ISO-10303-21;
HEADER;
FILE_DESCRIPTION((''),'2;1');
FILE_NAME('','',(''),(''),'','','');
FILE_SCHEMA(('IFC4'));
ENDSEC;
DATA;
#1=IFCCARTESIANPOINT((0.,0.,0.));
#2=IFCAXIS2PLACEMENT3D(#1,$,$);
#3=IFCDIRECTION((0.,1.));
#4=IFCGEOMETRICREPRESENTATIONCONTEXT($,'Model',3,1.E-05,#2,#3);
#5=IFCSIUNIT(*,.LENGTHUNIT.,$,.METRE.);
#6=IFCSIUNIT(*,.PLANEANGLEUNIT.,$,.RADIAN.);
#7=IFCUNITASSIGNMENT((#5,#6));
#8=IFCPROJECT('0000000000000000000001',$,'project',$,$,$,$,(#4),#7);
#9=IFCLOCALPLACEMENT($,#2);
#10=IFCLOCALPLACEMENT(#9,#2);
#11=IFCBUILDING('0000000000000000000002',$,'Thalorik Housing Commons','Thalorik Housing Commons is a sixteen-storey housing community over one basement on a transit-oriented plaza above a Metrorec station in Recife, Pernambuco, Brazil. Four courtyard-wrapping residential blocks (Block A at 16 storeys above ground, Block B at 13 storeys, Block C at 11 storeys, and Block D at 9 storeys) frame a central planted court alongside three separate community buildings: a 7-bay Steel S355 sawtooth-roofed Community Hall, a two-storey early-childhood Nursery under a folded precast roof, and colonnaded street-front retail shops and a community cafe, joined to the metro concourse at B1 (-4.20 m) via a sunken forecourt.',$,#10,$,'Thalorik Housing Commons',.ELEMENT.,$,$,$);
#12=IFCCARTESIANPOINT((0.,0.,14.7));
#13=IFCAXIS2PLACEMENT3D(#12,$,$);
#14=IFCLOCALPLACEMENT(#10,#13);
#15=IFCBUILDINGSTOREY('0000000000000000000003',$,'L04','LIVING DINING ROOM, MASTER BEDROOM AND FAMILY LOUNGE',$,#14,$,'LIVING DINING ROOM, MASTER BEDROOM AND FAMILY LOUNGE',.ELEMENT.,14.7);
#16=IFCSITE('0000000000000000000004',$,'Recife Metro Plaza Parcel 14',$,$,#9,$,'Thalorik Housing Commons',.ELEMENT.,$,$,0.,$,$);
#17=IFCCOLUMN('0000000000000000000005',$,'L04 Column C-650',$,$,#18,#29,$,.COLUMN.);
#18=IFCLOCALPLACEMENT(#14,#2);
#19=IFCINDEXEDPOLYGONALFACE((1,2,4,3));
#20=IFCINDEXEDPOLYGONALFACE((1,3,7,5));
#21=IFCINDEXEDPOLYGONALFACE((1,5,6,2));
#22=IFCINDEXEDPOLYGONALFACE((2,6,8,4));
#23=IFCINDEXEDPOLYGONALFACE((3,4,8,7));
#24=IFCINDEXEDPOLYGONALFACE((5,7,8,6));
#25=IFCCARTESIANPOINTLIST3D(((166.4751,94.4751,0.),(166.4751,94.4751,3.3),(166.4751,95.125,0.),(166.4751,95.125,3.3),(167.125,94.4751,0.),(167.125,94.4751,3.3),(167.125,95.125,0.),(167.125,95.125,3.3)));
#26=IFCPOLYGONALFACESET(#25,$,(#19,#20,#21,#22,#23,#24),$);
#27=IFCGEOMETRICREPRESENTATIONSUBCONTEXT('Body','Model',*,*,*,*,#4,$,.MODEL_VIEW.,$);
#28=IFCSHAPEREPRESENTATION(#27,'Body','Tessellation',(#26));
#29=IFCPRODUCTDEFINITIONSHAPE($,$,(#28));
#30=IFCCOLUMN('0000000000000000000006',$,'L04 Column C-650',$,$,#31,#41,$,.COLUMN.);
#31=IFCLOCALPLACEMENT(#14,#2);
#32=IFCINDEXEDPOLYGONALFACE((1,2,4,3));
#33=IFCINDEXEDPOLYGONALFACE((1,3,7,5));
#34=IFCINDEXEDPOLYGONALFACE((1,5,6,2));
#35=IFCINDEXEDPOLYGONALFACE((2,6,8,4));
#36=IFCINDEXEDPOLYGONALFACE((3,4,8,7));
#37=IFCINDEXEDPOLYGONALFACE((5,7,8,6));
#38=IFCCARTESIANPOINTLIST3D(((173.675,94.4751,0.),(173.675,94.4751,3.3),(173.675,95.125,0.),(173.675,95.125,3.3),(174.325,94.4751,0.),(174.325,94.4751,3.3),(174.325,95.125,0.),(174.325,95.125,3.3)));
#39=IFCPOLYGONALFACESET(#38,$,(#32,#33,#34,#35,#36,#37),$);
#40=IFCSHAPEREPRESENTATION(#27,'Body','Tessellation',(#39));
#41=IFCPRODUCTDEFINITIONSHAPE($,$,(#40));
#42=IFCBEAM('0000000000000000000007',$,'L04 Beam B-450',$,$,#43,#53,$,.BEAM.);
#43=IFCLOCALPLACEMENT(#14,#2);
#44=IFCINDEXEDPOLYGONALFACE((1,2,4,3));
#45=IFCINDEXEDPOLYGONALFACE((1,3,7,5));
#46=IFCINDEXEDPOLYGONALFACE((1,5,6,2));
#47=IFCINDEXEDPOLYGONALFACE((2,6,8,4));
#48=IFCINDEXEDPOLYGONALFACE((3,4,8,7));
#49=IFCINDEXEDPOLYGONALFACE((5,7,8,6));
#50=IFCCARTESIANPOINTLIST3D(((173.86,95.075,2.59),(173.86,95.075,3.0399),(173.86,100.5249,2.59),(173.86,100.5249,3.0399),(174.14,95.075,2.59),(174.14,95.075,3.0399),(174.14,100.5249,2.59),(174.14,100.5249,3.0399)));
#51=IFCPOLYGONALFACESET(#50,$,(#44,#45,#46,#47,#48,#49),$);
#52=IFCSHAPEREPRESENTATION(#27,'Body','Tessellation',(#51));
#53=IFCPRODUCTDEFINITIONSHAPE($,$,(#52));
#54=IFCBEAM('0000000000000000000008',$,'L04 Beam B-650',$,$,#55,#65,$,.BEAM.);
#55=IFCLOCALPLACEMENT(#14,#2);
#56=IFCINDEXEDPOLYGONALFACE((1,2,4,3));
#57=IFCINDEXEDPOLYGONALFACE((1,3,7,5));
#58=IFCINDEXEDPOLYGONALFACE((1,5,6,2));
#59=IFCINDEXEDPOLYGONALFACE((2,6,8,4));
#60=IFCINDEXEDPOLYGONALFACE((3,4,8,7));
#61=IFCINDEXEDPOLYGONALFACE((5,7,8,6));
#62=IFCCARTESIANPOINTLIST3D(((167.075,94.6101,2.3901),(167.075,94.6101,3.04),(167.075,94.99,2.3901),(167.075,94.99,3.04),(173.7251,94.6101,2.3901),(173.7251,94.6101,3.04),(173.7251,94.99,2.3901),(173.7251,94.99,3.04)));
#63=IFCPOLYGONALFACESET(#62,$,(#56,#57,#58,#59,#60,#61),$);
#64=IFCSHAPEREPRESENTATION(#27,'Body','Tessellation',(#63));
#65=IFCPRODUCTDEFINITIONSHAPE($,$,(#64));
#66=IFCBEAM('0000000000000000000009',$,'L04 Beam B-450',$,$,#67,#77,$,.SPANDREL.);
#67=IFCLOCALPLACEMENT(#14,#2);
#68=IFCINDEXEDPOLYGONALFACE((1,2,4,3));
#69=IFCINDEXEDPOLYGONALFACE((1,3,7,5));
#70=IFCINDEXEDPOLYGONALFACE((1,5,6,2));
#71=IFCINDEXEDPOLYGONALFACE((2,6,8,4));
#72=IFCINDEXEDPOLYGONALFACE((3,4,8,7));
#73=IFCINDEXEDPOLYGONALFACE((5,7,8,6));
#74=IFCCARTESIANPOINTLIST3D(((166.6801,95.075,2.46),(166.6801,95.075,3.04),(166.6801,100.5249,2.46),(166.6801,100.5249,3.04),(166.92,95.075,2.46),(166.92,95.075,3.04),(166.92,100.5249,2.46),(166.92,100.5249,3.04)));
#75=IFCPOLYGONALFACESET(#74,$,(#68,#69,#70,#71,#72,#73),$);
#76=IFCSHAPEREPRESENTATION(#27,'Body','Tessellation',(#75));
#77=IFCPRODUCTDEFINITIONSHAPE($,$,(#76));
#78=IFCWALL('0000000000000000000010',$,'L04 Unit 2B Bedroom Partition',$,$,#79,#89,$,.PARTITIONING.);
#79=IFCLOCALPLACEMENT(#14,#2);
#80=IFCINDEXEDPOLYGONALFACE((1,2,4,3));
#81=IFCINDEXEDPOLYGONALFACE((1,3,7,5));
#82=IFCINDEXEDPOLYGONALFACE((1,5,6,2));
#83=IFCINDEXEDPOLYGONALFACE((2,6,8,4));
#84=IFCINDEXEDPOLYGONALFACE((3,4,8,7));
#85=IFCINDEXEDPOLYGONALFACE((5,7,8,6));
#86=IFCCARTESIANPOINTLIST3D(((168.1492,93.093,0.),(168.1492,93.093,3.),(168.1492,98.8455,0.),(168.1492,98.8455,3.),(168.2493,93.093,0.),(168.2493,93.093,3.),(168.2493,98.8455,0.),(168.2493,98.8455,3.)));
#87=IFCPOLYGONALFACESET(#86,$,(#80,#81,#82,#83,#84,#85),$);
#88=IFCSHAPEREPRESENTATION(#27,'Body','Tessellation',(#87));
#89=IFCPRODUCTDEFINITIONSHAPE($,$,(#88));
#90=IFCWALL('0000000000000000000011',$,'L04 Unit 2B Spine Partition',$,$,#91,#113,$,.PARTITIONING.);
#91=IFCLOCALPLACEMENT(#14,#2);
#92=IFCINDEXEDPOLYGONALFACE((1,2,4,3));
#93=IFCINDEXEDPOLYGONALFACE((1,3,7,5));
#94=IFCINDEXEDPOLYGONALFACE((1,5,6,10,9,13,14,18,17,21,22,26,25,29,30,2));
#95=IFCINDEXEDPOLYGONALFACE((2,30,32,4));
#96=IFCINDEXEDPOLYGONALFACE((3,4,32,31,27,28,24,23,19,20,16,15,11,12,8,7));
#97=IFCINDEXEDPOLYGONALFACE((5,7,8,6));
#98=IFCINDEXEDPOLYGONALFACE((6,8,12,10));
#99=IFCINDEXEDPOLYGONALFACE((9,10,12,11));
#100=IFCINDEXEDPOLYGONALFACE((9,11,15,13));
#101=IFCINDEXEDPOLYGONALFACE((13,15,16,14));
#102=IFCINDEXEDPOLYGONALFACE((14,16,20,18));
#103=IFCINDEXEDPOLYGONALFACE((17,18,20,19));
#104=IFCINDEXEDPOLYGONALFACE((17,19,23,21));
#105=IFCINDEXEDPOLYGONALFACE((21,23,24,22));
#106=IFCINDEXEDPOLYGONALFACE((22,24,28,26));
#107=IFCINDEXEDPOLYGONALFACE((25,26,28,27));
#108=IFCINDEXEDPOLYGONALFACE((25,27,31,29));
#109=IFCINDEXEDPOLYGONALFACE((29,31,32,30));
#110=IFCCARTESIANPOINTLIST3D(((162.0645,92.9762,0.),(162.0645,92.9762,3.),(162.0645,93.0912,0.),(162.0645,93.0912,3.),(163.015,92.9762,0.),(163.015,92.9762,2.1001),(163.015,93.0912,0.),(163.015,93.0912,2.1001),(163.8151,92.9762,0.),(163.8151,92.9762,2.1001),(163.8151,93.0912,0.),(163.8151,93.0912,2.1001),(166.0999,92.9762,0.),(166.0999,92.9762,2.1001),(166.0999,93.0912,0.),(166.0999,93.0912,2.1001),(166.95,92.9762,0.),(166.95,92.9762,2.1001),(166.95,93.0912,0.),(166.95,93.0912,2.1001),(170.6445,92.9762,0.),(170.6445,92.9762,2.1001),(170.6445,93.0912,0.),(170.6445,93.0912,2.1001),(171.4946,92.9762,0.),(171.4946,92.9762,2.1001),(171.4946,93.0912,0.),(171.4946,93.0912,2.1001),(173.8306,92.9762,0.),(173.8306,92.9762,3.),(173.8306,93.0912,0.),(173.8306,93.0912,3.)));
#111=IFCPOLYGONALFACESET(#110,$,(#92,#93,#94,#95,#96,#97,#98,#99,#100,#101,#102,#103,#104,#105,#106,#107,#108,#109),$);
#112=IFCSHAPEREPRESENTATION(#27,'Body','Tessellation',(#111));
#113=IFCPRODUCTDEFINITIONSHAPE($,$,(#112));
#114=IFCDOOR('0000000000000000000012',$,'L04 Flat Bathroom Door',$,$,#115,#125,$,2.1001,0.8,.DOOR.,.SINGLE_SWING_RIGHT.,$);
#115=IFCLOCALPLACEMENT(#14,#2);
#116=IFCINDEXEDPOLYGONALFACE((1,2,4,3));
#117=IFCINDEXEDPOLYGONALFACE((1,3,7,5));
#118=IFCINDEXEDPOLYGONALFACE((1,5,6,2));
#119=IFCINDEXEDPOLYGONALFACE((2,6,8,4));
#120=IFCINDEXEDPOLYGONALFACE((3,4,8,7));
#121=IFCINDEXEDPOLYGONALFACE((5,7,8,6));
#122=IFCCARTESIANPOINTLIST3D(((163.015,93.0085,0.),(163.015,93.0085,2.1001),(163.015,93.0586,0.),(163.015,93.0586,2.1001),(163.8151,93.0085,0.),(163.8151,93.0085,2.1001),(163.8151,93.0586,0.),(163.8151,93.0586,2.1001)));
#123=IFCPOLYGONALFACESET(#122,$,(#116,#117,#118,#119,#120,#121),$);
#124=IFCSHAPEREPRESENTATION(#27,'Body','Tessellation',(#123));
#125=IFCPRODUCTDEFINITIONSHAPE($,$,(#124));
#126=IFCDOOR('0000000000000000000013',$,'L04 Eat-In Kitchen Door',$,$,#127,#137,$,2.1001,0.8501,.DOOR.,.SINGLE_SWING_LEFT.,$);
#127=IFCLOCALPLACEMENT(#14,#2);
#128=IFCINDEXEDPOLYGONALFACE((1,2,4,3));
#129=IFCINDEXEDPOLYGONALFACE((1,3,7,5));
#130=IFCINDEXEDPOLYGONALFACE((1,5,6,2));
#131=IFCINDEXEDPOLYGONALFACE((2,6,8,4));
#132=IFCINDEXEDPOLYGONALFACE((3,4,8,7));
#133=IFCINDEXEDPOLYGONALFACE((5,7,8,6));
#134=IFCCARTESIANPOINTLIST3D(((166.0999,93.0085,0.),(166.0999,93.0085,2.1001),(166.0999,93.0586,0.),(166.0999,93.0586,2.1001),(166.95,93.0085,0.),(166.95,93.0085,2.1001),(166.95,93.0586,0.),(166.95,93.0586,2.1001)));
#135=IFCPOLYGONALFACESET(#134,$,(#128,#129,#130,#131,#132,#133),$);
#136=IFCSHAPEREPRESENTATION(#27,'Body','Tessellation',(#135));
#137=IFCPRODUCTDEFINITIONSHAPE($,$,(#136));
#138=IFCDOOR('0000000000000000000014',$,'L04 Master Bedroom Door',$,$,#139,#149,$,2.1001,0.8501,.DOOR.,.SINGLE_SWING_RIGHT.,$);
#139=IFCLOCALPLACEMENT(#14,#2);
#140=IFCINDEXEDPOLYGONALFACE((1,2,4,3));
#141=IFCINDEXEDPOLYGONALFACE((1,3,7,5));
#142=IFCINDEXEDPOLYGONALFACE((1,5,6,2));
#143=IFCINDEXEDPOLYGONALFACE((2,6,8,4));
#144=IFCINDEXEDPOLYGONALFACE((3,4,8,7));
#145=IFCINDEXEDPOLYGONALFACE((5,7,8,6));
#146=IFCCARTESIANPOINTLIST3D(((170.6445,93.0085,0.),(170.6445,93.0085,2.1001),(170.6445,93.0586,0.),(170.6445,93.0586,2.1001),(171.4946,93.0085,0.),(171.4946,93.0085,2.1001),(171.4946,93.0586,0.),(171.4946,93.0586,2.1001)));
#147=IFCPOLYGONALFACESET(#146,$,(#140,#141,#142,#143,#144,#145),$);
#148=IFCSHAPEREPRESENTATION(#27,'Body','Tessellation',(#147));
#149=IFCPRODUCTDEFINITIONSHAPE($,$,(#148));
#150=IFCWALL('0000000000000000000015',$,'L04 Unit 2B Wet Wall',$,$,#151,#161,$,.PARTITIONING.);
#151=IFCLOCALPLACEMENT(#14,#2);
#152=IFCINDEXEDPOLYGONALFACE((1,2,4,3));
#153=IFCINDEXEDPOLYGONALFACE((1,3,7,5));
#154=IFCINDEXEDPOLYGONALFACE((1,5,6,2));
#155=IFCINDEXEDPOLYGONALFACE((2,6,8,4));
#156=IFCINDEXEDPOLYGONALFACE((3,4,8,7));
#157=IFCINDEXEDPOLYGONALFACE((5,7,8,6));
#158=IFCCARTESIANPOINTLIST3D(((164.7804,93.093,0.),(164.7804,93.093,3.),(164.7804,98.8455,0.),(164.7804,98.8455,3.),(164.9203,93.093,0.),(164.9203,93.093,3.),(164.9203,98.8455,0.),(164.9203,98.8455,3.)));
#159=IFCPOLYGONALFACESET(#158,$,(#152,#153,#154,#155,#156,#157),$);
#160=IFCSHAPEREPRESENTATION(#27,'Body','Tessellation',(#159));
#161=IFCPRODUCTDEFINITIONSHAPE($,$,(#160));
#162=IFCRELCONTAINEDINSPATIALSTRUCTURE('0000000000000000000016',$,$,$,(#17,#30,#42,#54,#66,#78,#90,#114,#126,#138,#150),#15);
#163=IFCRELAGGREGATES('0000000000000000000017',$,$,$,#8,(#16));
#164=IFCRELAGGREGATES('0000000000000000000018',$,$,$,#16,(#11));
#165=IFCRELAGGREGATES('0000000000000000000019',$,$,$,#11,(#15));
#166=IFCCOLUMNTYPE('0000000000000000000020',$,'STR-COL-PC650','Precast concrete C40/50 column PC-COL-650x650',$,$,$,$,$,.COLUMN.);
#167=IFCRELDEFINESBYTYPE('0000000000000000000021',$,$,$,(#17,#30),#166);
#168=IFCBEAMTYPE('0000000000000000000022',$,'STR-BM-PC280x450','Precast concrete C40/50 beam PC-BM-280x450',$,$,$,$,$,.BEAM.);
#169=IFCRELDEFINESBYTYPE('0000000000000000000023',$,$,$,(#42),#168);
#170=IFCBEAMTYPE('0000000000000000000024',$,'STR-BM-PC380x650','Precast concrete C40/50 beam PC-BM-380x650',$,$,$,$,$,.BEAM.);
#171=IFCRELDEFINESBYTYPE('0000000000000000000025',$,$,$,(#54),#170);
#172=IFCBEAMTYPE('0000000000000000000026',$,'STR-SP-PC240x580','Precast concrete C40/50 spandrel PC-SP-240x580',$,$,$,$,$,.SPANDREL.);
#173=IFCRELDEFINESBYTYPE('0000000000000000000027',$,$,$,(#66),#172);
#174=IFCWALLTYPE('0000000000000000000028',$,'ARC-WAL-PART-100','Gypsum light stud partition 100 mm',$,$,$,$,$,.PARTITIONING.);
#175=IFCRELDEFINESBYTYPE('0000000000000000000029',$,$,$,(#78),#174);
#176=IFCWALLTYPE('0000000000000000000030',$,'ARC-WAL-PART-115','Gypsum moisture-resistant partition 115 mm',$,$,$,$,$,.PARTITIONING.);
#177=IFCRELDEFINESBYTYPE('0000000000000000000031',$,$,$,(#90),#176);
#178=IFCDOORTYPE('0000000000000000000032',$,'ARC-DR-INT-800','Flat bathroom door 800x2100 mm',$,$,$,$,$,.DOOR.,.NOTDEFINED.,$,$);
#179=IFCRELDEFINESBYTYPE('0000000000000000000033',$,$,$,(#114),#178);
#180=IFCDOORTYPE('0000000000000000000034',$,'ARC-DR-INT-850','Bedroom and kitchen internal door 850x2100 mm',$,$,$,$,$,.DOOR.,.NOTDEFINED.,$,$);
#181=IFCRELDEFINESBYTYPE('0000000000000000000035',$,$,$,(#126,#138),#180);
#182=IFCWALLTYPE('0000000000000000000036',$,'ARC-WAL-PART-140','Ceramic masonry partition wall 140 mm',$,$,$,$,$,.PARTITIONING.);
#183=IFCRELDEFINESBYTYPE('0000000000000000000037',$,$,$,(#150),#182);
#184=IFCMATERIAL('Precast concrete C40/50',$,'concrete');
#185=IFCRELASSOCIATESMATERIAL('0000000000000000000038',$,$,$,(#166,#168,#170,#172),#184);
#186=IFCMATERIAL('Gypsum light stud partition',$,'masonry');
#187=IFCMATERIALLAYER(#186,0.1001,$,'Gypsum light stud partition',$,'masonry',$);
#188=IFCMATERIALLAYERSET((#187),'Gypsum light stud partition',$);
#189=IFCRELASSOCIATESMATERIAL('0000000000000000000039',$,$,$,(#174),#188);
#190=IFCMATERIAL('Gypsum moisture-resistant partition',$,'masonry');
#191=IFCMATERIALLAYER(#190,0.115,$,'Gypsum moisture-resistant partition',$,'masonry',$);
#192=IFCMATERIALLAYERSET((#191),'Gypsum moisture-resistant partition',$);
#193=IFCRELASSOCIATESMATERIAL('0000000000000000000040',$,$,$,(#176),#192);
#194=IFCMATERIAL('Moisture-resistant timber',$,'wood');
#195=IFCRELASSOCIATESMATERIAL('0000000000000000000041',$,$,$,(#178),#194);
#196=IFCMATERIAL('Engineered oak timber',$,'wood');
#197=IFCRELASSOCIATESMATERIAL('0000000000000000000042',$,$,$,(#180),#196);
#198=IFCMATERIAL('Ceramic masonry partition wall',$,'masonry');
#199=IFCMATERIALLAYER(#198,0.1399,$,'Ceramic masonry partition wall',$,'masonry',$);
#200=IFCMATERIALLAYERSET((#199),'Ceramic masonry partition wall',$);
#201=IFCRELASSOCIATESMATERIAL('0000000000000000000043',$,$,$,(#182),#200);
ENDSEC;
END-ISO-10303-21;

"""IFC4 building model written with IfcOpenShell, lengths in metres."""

from ifc_helpers import new_model, si_unit, direction, frame, frame_2d, origin, origin_2d, place, context, subcontext, project, spatial, rectangle, extrude, material, layer, layer_set, material_profile, profile_set, type_object, element, fill, save


model = new_model("IFC4")

# Units and contexts
model_context = context("Model", 3, precision=1e-05, world=origin(), true_north=direction((0.0, 1.0)))
body_context = subcontext(model_context, "Body", "Model", "MODEL_VIEW")
ifc_project = project(units=[si_unit("LENGTHUNIT", "METRE"), si_unit("PLANEANGLEUNIT", "RADIAN")], contexts=[model_context])

# Site, building, storey
site_placement = place(None, origin())
site = spatial("IfcSite", under=ifc_project, at=site_placement, Name="Recife Metro Plaza Parcel 14", LongName="Thalorik Housing Commons", CompositionType="ELEMENT", RefElevation=0.0)
building_placement = place(site_placement, origin())
building = spatial("IfcBuilding", under=site, at=building_placement, Name="Thalorik Housing Commons", Description="Thalorik Housing Commons is a sixteen-storey housing community over one basement on a transit-oriented plaza above a Metrorec station in Recife, Pernambuco, Brazil. Four courtyard-wrapping residential blocks (Block A at 16 storeys above ground, Block B at 13 storeys, Block C at 11 storeys, and Block D at 9 storeys) frame a central planted court alongside three separate community buildings: a 7-bay Steel S355 sawtooth-roofed Community Hall, a two-storey early-childhood Nursery under a folded precast roof, and colonnaded street-front retail shops and a community cafe, joined to the metro concourse at B1 (-4.20 m) via a sunken forecourt.", LongName="Thalorik Housing Commons", CompositionType="ELEMENT")
storey_placement = place(building_placement, frame((0.0, 0.0, 14.7)))
storey = spatial("IfcBuildingStorey", under=building, at=storey_placement, Name="L04", Description="LIVING DINING ROOM, MASTER BEDROOM AND FAMILY LOUNGE", LongName="LIVING DINING ROOM, MASTER BEDROOM AND FAMILY LOUNGE", CompositionType="ELEMENT", Elevation=14.7)

# Columns
ifc_material_1 = material(Name="Precast concrete C40/50", Category="concrete")
ifc_material_profile_1 = material_profile(ifc_material_1, rectangle(XDim=0.6499, YDim=0.6499, at=origin_2d()), Name="PC 650x650", Category="concrete")
ifc_profile_set_1 = profile_set([ifc_material_profile_1], Name="Precast concrete C40/50")
column_type = type_object("IfcColumnType", Name="STR-COL-PC650", Description="Precast concrete C40/50 column PC-COL-650x650", PredefinedType="COLUMN", material=ifc_profile_set_1)
for number, where, z_axis, x_axis, name in (
    (1, (166.8, 94.8, 0.0), (0.0, 0.0, 1.0), (1.0, 0.0, 0.0), "L04 Column C-650"),
    (2, (174.0, 94.8, 0.0), (0.0, 0.0, 1.0), (1.0, 0.0, 0.0), "L04 Column C-650"),
):
    element("IfcColumn", number, at=place(storey_placement, frame(where, z_axis=z_axis, x_axis=x_axis)), inside=storey, type_object=column_type, Name=name, PredefinedType="COLUMN", context=body_context, shape_type="SweptSolid", body=[
        extrude(rectangle(XDim=0.6499, YDim=0.6499, at=origin_2d()), origin(), (0.0, 0.0, 1.0), 3.3),
    ])

# Beams
ifc_material_profile_2 = material_profile(ifc_material_1, rectangle(XDim=0.28, YDim=0.45, at=origin_2d()), Name="PC 280x450", Category="concrete")
ifc_profile_set_2 = profile_set([ifc_material_profile_2], Name="Precast concrete C40/50")
beam_type_1 = type_object("IfcBeamType", Name="STR-BM-PC280x450", Description="Precast concrete C40/50 beam PC-BM-280x450", PredefinedType="BEAM", material=ifc_profile_set_2)
beam_1_placement = place(storey_placement, frame((174.0, 95.075, 2.8149), z_axis=(0.0, 1.0, 0.0), x_axis=(-1.0, 0.0, 0.0)))
element("IfcBeam", 3, at=beam_1_placement, inside=storey, type_object=beam_type_1, Name="L04 Beam B-450", PredefinedType="BEAM", context=body_context, shape_type="SweptSolid", body=[
    extrude(rectangle(XDim=0.28, YDim=0.45, at=origin_2d()), origin(), (0.0, 0.0, 1.0), 5.45),
])
ifc_material_profile_3 = material_profile(ifc_material_1, rectangle(XDim=0.3799, YDim=0.6499, at=origin_2d()), Name="PC 380x650", Category="concrete")
ifc_profile_set_3 = profile_set([ifc_material_profile_3], Name="Precast concrete C40/50")
beam_type_2 = type_object("IfcBeamType", Name="STR-BM-PC380x650", Description="Precast concrete C40/50 beam PC-BM-380x650", PredefinedType="BEAM", material=ifc_profile_set_3)
beam_2_placement = place(storey_placement, frame((167.075, 94.8, 2.7151), z_axis=(1.0, 0.0, 0.0), x_axis=(0.0, 1.0, 0.0)))
element("IfcBeam", 4, at=beam_2_placement, inside=storey, type_object=beam_type_2, Name="L04 Beam B-650", PredefinedType="BEAM", context=body_context, shape_type="SweptSolid", body=[
    extrude(rectangle(XDim=0.3799, YDim=0.6499, at=origin_2d()), origin(), (0.0, 0.0, 1.0), 6.6501),
])
ifc_material_profile_4 = material_profile(ifc_material_1, rectangle(XDim=0.24, YDim=0.5801, at=origin_2d()), Name="PC SP 240x580", Category="concrete")
ifc_profile_set_4 = profile_set([ifc_material_profile_4], Name="Precast concrete C40/50")
beam_type_3 = type_object("IfcBeamType", Name="STR-SP-PC240x580", Description="Precast concrete C40/50 spandrel PC-SP-240x580", PredefinedType="SPANDREL", material=ifc_profile_set_4)
beam_3_placement = place(storey_placement, frame((166.8, 95.075, 2.75), z_axis=(0.0, 1.0, 0.0), x_axis=(-1.0, 0.0, 0.0)))
element("IfcBeam", 5, at=beam_3_placement, inside=storey, type_object=beam_type_3, Name="L04 Beam B-450", PredefinedType="SPANDREL", context=body_context, shape_type="SweptSolid", body=[
    extrude(rectangle(XDim=0.24, YDim=0.5801, at=origin_2d()), origin(), (0.0, 0.0, 1.0), 5.45),
])

# Wall
ifc_material_2 = material(Name="Gypsum light stud partition", Category="masonry")
ifc_layer_1 = layer(ifc_material_2, 0.1001, Name="Gypsum light stud partition", Category="masonry")
ifc_layer_set_1 = layer_set([ifc_layer_1], Name="Gypsum light stud partition")
wall_type_1 = type_object("IfcWallType", Name="ARC-WAL-PART-100", Description="Gypsum light stud partition 100 mm", PredefinedType="PARTITIONING", material=ifc_layer_set_1)
wall_1_placement = place(storey_placement, frame((168.1992, 93.093, 0.0), z_axis=(0.0, 0.0, 1.0), x_axis=(0.0, 1.0, 0.0)))
element("IfcWall", 6, at=wall_1_placement, inside=storey, type_object=wall_type_1, Name="L04 Unit 2B Bedroom Partition", PredefinedType="PARTITIONING", context=body_context, shape_type="SweptSolid", body=[
    extrude(rectangle(XDim=5.7524, YDim=0.1001, at=frame_2d((2.8762, 0.0))), origin(), (0.0, 0.0, 1.0), 3.0),
])

# Wall, openings, doors
ifc_material_3 = material(Name="Gypsum moisture-resistant partition", Category="masonry")
ifc_layer_2 = layer(ifc_material_3, 0.115, Name="Gypsum moisture-resistant partition", Category="masonry")
ifc_layer_set_2 = layer_set([ifc_layer_2], Name="Gypsum moisture-resistant partition")
wall_type_2 = type_object("IfcWallType", Name="ARC-WAL-PART-115", Description="Gypsum moisture-resistant partition 115 mm", PredefinedType="PARTITIONING", material=ifc_layer_set_2)
wall_2_placement = place(storey_placement, frame((162.0645, 93.0337, 0.0), z_axis=(0.0, 0.0, 1.0), x_axis=(1.0, 0.0, 0.0)))
wall_2 = element("IfcWall", 7, at=wall_2_placement, inside=storey, type_object=wall_type_2, Name="L04 Unit 2B Spine Partition", PredefinedType="PARTITIONING", context=body_context, shape_type="SweptSolid", body=[
    extrude(rectangle(XDim=11.7661, YDim=0.115, at=frame_2d((5.8831, 0.0))), origin(), (0.0, 0.0, 1.0), 3.0),
])
opening_1_placement = place(wall_2_placement, frame((0.9507, 0.0, 0.0)))
opening_1 = element("IfcOpeningElement", 8, at=opening_1_placement, cuts=wall_2, PredefinedType="OPENING", context=body_context, shape_type="SweptSolid", body=[
    extrude(rectangle(XDim=0.8, YDim=2.1001, at=frame_2d((0.3999, 1.05))), frame((0.0, 0.0674, 0.0), z_axis=(0.0, -1.0, 0.0), x_axis=(1.0, 0.0, 0.0)), (0.0, 0.0, 1.0), 0.135),
])
opening_2_placement = place(wall_2_placement, frame((4.0354, 0.0, 0.0)))
opening_2 = element("IfcOpeningElement", 9, at=opening_2_placement, cuts=wall_2, PredefinedType="OPENING", context=body_context, shape_type="SweptSolid", body=[
    extrude(rectangle(XDim=0.8501, YDim=2.1001, at=frame_2d((0.425, 1.05))), frame((0.0, 0.0674, 0.0), z_axis=(0.0, -1.0, 0.0), x_axis=(1.0, 0.0, 0.0)), (0.0, 0.0, 1.0), 0.135),
])
opening_3_placement = place(wall_2_placement, frame((8.5801, 0.0, 0.0)))
opening_3 = element("IfcOpeningElement", 10, at=opening_3_placement, cuts=wall_2, PredefinedType="OPENING", context=body_context, shape_type="SweptSolid", body=[
    extrude(rectangle(XDim=0.8501, YDim=2.1001, at=frame_2d((0.425, 1.05))), frame((0.0, 0.0674, 0.0), z_axis=(0.0, -1.0, 0.0), x_axis=(1.0, 0.0, 0.0)), (0.0, 0.0, 1.0), 0.135),
])
ifc_material_4 = material(Name="Moisture-resistant timber", Category="wood")
door_type_1 = type_object("IfcDoorType", Name="ARC-DR-INT-800", Description="Flat bathroom door 800x2100 mm", OperationType="NOTDEFINED", PredefinedType="DOOR", material=ifc_material_4)
door_1_placement = place(opening_1_placement, origin())
door_1 = element("IfcDoor", 11, at=door_1_placement, inside=storey, type_object=door_type_1, Name="L04 Flat Bathroom Door", OperationType="SINGLE_SWING_RIGHT", OverallHeight=2.1001, OverallWidth=0.8, PredefinedType="DOOR", context=body_context, shape_type="SweptSolid", body=[
    extrude(rectangle(XDim=0.8, YDim=2.1001, at=frame_2d((0.3999, 1.05))), frame((0.0, 0.0249, 0.0), z_axis=(0.0, -1.0, 0.0), x_axis=(1.0, 0.0, 0.0)), (0.0, 0.0, 1.0), 0.05),
])
fill(opening_1, door_1)
ifc_material_5 = material(Name="Engineered oak timber", Category="wood")
door_type_2 = type_object("IfcDoorType", Name="ARC-DR-INT-850", Description="Bedroom and kitchen internal door 850x2100 mm", OperationType="NOTDEFINED", PredefinedType="DOOR", material=ifc_material_5)
door_2_placement = place(opening_2_placement, origin())
door_2 = element("IfcDoor", 12, at=door_2_placement, inside=storey, type_object=door_type_2, Name="L04 Eat-In Kitchen Door", OperationType="SINGLE_SWING_LEFT", OverallHeight=2.1001, OverallWidth=0.8501, PredefinedType="DOOR", context=body_context, shape_type="SweptSolid", body=[
    extrude(rectangle(XDim=0.8501, YDim=2.1001, at=frame_2d((0.425, 1.05))), frame((0.0, 0.0249, 0.0), z_axis=(0.0, -1.0, 0.0), x_axis=(1.0, 0.0, 0.0)), (0.0, 0.0, 1.0), 0.05),
])
fill(opening_2, door_2)
door_3_placement = place(opening_3_placement, origin())
door_3 = element("IfcDoor", 13, at=door_3_placement, inside=storey, type_object=door_type_2, Name="L04 Master Bedroom Door", OperationType="SINGLE_SWING_RIGHT", OverallHeight=2.1001, OverallWidth=0.8501, PredefinedType="DOOR", context=body_context, shape_type="SweptSolid", body=[
    extrude(rectangle(XDim=0.8501, YDim=2.1001, at=frame_2d((0.425, 1.05))), frame((0.0, 0.0249, 0.0), z_axis=(0.0, -1.0, 0.0), x_axis=(1.0, 0.0, 0.0)), (0.0, 0.0, 1.0), 0.05),
])
fill(opening_3, door_3)

# Wall
ifc_material_6 = material(Name="Ceramic masonry partition wall", Category="masonry")
ifc_layer_3 = layer(ifc_material_6, 0.1399, Name="Ceramic masonry partition wall", Category="masonry")
ifc_layer_set_3 = layer_set([ifc_layer_3], Name="Ceramic masonry partition wall")
wall_type_3 = type_object("IfcWallType", Name="ARC-WAL-PART-140", Description="Ceramic masonry partition wall 140 mm", PredefinedType="PARTITIONING", material=ifc_layer_set_3)
wall_3_placement = place(storey_placement, frame((164.8503, 93.093, 0.0), z_axis=(0.0, 0.0, 1.0), x_axis=(0.0, 1.0, 0.0)))
element("IfcWall", 14, at=wall_3_placement, inside=storey, type_object=wall_type_3, Name="L04 Unit 2B Wet Wall", PredefinedType="PARTITIONING", context=body_context, shape_type="SweptSolid", body=[
    extrude(rectangle(XDim=5.7524, YDim=0.1399, at=frame_2d((2.8762, 0.0))), origin(), (0.0, 0.0, 1.0), 3.0),
])

save(model, "model.ifc")
